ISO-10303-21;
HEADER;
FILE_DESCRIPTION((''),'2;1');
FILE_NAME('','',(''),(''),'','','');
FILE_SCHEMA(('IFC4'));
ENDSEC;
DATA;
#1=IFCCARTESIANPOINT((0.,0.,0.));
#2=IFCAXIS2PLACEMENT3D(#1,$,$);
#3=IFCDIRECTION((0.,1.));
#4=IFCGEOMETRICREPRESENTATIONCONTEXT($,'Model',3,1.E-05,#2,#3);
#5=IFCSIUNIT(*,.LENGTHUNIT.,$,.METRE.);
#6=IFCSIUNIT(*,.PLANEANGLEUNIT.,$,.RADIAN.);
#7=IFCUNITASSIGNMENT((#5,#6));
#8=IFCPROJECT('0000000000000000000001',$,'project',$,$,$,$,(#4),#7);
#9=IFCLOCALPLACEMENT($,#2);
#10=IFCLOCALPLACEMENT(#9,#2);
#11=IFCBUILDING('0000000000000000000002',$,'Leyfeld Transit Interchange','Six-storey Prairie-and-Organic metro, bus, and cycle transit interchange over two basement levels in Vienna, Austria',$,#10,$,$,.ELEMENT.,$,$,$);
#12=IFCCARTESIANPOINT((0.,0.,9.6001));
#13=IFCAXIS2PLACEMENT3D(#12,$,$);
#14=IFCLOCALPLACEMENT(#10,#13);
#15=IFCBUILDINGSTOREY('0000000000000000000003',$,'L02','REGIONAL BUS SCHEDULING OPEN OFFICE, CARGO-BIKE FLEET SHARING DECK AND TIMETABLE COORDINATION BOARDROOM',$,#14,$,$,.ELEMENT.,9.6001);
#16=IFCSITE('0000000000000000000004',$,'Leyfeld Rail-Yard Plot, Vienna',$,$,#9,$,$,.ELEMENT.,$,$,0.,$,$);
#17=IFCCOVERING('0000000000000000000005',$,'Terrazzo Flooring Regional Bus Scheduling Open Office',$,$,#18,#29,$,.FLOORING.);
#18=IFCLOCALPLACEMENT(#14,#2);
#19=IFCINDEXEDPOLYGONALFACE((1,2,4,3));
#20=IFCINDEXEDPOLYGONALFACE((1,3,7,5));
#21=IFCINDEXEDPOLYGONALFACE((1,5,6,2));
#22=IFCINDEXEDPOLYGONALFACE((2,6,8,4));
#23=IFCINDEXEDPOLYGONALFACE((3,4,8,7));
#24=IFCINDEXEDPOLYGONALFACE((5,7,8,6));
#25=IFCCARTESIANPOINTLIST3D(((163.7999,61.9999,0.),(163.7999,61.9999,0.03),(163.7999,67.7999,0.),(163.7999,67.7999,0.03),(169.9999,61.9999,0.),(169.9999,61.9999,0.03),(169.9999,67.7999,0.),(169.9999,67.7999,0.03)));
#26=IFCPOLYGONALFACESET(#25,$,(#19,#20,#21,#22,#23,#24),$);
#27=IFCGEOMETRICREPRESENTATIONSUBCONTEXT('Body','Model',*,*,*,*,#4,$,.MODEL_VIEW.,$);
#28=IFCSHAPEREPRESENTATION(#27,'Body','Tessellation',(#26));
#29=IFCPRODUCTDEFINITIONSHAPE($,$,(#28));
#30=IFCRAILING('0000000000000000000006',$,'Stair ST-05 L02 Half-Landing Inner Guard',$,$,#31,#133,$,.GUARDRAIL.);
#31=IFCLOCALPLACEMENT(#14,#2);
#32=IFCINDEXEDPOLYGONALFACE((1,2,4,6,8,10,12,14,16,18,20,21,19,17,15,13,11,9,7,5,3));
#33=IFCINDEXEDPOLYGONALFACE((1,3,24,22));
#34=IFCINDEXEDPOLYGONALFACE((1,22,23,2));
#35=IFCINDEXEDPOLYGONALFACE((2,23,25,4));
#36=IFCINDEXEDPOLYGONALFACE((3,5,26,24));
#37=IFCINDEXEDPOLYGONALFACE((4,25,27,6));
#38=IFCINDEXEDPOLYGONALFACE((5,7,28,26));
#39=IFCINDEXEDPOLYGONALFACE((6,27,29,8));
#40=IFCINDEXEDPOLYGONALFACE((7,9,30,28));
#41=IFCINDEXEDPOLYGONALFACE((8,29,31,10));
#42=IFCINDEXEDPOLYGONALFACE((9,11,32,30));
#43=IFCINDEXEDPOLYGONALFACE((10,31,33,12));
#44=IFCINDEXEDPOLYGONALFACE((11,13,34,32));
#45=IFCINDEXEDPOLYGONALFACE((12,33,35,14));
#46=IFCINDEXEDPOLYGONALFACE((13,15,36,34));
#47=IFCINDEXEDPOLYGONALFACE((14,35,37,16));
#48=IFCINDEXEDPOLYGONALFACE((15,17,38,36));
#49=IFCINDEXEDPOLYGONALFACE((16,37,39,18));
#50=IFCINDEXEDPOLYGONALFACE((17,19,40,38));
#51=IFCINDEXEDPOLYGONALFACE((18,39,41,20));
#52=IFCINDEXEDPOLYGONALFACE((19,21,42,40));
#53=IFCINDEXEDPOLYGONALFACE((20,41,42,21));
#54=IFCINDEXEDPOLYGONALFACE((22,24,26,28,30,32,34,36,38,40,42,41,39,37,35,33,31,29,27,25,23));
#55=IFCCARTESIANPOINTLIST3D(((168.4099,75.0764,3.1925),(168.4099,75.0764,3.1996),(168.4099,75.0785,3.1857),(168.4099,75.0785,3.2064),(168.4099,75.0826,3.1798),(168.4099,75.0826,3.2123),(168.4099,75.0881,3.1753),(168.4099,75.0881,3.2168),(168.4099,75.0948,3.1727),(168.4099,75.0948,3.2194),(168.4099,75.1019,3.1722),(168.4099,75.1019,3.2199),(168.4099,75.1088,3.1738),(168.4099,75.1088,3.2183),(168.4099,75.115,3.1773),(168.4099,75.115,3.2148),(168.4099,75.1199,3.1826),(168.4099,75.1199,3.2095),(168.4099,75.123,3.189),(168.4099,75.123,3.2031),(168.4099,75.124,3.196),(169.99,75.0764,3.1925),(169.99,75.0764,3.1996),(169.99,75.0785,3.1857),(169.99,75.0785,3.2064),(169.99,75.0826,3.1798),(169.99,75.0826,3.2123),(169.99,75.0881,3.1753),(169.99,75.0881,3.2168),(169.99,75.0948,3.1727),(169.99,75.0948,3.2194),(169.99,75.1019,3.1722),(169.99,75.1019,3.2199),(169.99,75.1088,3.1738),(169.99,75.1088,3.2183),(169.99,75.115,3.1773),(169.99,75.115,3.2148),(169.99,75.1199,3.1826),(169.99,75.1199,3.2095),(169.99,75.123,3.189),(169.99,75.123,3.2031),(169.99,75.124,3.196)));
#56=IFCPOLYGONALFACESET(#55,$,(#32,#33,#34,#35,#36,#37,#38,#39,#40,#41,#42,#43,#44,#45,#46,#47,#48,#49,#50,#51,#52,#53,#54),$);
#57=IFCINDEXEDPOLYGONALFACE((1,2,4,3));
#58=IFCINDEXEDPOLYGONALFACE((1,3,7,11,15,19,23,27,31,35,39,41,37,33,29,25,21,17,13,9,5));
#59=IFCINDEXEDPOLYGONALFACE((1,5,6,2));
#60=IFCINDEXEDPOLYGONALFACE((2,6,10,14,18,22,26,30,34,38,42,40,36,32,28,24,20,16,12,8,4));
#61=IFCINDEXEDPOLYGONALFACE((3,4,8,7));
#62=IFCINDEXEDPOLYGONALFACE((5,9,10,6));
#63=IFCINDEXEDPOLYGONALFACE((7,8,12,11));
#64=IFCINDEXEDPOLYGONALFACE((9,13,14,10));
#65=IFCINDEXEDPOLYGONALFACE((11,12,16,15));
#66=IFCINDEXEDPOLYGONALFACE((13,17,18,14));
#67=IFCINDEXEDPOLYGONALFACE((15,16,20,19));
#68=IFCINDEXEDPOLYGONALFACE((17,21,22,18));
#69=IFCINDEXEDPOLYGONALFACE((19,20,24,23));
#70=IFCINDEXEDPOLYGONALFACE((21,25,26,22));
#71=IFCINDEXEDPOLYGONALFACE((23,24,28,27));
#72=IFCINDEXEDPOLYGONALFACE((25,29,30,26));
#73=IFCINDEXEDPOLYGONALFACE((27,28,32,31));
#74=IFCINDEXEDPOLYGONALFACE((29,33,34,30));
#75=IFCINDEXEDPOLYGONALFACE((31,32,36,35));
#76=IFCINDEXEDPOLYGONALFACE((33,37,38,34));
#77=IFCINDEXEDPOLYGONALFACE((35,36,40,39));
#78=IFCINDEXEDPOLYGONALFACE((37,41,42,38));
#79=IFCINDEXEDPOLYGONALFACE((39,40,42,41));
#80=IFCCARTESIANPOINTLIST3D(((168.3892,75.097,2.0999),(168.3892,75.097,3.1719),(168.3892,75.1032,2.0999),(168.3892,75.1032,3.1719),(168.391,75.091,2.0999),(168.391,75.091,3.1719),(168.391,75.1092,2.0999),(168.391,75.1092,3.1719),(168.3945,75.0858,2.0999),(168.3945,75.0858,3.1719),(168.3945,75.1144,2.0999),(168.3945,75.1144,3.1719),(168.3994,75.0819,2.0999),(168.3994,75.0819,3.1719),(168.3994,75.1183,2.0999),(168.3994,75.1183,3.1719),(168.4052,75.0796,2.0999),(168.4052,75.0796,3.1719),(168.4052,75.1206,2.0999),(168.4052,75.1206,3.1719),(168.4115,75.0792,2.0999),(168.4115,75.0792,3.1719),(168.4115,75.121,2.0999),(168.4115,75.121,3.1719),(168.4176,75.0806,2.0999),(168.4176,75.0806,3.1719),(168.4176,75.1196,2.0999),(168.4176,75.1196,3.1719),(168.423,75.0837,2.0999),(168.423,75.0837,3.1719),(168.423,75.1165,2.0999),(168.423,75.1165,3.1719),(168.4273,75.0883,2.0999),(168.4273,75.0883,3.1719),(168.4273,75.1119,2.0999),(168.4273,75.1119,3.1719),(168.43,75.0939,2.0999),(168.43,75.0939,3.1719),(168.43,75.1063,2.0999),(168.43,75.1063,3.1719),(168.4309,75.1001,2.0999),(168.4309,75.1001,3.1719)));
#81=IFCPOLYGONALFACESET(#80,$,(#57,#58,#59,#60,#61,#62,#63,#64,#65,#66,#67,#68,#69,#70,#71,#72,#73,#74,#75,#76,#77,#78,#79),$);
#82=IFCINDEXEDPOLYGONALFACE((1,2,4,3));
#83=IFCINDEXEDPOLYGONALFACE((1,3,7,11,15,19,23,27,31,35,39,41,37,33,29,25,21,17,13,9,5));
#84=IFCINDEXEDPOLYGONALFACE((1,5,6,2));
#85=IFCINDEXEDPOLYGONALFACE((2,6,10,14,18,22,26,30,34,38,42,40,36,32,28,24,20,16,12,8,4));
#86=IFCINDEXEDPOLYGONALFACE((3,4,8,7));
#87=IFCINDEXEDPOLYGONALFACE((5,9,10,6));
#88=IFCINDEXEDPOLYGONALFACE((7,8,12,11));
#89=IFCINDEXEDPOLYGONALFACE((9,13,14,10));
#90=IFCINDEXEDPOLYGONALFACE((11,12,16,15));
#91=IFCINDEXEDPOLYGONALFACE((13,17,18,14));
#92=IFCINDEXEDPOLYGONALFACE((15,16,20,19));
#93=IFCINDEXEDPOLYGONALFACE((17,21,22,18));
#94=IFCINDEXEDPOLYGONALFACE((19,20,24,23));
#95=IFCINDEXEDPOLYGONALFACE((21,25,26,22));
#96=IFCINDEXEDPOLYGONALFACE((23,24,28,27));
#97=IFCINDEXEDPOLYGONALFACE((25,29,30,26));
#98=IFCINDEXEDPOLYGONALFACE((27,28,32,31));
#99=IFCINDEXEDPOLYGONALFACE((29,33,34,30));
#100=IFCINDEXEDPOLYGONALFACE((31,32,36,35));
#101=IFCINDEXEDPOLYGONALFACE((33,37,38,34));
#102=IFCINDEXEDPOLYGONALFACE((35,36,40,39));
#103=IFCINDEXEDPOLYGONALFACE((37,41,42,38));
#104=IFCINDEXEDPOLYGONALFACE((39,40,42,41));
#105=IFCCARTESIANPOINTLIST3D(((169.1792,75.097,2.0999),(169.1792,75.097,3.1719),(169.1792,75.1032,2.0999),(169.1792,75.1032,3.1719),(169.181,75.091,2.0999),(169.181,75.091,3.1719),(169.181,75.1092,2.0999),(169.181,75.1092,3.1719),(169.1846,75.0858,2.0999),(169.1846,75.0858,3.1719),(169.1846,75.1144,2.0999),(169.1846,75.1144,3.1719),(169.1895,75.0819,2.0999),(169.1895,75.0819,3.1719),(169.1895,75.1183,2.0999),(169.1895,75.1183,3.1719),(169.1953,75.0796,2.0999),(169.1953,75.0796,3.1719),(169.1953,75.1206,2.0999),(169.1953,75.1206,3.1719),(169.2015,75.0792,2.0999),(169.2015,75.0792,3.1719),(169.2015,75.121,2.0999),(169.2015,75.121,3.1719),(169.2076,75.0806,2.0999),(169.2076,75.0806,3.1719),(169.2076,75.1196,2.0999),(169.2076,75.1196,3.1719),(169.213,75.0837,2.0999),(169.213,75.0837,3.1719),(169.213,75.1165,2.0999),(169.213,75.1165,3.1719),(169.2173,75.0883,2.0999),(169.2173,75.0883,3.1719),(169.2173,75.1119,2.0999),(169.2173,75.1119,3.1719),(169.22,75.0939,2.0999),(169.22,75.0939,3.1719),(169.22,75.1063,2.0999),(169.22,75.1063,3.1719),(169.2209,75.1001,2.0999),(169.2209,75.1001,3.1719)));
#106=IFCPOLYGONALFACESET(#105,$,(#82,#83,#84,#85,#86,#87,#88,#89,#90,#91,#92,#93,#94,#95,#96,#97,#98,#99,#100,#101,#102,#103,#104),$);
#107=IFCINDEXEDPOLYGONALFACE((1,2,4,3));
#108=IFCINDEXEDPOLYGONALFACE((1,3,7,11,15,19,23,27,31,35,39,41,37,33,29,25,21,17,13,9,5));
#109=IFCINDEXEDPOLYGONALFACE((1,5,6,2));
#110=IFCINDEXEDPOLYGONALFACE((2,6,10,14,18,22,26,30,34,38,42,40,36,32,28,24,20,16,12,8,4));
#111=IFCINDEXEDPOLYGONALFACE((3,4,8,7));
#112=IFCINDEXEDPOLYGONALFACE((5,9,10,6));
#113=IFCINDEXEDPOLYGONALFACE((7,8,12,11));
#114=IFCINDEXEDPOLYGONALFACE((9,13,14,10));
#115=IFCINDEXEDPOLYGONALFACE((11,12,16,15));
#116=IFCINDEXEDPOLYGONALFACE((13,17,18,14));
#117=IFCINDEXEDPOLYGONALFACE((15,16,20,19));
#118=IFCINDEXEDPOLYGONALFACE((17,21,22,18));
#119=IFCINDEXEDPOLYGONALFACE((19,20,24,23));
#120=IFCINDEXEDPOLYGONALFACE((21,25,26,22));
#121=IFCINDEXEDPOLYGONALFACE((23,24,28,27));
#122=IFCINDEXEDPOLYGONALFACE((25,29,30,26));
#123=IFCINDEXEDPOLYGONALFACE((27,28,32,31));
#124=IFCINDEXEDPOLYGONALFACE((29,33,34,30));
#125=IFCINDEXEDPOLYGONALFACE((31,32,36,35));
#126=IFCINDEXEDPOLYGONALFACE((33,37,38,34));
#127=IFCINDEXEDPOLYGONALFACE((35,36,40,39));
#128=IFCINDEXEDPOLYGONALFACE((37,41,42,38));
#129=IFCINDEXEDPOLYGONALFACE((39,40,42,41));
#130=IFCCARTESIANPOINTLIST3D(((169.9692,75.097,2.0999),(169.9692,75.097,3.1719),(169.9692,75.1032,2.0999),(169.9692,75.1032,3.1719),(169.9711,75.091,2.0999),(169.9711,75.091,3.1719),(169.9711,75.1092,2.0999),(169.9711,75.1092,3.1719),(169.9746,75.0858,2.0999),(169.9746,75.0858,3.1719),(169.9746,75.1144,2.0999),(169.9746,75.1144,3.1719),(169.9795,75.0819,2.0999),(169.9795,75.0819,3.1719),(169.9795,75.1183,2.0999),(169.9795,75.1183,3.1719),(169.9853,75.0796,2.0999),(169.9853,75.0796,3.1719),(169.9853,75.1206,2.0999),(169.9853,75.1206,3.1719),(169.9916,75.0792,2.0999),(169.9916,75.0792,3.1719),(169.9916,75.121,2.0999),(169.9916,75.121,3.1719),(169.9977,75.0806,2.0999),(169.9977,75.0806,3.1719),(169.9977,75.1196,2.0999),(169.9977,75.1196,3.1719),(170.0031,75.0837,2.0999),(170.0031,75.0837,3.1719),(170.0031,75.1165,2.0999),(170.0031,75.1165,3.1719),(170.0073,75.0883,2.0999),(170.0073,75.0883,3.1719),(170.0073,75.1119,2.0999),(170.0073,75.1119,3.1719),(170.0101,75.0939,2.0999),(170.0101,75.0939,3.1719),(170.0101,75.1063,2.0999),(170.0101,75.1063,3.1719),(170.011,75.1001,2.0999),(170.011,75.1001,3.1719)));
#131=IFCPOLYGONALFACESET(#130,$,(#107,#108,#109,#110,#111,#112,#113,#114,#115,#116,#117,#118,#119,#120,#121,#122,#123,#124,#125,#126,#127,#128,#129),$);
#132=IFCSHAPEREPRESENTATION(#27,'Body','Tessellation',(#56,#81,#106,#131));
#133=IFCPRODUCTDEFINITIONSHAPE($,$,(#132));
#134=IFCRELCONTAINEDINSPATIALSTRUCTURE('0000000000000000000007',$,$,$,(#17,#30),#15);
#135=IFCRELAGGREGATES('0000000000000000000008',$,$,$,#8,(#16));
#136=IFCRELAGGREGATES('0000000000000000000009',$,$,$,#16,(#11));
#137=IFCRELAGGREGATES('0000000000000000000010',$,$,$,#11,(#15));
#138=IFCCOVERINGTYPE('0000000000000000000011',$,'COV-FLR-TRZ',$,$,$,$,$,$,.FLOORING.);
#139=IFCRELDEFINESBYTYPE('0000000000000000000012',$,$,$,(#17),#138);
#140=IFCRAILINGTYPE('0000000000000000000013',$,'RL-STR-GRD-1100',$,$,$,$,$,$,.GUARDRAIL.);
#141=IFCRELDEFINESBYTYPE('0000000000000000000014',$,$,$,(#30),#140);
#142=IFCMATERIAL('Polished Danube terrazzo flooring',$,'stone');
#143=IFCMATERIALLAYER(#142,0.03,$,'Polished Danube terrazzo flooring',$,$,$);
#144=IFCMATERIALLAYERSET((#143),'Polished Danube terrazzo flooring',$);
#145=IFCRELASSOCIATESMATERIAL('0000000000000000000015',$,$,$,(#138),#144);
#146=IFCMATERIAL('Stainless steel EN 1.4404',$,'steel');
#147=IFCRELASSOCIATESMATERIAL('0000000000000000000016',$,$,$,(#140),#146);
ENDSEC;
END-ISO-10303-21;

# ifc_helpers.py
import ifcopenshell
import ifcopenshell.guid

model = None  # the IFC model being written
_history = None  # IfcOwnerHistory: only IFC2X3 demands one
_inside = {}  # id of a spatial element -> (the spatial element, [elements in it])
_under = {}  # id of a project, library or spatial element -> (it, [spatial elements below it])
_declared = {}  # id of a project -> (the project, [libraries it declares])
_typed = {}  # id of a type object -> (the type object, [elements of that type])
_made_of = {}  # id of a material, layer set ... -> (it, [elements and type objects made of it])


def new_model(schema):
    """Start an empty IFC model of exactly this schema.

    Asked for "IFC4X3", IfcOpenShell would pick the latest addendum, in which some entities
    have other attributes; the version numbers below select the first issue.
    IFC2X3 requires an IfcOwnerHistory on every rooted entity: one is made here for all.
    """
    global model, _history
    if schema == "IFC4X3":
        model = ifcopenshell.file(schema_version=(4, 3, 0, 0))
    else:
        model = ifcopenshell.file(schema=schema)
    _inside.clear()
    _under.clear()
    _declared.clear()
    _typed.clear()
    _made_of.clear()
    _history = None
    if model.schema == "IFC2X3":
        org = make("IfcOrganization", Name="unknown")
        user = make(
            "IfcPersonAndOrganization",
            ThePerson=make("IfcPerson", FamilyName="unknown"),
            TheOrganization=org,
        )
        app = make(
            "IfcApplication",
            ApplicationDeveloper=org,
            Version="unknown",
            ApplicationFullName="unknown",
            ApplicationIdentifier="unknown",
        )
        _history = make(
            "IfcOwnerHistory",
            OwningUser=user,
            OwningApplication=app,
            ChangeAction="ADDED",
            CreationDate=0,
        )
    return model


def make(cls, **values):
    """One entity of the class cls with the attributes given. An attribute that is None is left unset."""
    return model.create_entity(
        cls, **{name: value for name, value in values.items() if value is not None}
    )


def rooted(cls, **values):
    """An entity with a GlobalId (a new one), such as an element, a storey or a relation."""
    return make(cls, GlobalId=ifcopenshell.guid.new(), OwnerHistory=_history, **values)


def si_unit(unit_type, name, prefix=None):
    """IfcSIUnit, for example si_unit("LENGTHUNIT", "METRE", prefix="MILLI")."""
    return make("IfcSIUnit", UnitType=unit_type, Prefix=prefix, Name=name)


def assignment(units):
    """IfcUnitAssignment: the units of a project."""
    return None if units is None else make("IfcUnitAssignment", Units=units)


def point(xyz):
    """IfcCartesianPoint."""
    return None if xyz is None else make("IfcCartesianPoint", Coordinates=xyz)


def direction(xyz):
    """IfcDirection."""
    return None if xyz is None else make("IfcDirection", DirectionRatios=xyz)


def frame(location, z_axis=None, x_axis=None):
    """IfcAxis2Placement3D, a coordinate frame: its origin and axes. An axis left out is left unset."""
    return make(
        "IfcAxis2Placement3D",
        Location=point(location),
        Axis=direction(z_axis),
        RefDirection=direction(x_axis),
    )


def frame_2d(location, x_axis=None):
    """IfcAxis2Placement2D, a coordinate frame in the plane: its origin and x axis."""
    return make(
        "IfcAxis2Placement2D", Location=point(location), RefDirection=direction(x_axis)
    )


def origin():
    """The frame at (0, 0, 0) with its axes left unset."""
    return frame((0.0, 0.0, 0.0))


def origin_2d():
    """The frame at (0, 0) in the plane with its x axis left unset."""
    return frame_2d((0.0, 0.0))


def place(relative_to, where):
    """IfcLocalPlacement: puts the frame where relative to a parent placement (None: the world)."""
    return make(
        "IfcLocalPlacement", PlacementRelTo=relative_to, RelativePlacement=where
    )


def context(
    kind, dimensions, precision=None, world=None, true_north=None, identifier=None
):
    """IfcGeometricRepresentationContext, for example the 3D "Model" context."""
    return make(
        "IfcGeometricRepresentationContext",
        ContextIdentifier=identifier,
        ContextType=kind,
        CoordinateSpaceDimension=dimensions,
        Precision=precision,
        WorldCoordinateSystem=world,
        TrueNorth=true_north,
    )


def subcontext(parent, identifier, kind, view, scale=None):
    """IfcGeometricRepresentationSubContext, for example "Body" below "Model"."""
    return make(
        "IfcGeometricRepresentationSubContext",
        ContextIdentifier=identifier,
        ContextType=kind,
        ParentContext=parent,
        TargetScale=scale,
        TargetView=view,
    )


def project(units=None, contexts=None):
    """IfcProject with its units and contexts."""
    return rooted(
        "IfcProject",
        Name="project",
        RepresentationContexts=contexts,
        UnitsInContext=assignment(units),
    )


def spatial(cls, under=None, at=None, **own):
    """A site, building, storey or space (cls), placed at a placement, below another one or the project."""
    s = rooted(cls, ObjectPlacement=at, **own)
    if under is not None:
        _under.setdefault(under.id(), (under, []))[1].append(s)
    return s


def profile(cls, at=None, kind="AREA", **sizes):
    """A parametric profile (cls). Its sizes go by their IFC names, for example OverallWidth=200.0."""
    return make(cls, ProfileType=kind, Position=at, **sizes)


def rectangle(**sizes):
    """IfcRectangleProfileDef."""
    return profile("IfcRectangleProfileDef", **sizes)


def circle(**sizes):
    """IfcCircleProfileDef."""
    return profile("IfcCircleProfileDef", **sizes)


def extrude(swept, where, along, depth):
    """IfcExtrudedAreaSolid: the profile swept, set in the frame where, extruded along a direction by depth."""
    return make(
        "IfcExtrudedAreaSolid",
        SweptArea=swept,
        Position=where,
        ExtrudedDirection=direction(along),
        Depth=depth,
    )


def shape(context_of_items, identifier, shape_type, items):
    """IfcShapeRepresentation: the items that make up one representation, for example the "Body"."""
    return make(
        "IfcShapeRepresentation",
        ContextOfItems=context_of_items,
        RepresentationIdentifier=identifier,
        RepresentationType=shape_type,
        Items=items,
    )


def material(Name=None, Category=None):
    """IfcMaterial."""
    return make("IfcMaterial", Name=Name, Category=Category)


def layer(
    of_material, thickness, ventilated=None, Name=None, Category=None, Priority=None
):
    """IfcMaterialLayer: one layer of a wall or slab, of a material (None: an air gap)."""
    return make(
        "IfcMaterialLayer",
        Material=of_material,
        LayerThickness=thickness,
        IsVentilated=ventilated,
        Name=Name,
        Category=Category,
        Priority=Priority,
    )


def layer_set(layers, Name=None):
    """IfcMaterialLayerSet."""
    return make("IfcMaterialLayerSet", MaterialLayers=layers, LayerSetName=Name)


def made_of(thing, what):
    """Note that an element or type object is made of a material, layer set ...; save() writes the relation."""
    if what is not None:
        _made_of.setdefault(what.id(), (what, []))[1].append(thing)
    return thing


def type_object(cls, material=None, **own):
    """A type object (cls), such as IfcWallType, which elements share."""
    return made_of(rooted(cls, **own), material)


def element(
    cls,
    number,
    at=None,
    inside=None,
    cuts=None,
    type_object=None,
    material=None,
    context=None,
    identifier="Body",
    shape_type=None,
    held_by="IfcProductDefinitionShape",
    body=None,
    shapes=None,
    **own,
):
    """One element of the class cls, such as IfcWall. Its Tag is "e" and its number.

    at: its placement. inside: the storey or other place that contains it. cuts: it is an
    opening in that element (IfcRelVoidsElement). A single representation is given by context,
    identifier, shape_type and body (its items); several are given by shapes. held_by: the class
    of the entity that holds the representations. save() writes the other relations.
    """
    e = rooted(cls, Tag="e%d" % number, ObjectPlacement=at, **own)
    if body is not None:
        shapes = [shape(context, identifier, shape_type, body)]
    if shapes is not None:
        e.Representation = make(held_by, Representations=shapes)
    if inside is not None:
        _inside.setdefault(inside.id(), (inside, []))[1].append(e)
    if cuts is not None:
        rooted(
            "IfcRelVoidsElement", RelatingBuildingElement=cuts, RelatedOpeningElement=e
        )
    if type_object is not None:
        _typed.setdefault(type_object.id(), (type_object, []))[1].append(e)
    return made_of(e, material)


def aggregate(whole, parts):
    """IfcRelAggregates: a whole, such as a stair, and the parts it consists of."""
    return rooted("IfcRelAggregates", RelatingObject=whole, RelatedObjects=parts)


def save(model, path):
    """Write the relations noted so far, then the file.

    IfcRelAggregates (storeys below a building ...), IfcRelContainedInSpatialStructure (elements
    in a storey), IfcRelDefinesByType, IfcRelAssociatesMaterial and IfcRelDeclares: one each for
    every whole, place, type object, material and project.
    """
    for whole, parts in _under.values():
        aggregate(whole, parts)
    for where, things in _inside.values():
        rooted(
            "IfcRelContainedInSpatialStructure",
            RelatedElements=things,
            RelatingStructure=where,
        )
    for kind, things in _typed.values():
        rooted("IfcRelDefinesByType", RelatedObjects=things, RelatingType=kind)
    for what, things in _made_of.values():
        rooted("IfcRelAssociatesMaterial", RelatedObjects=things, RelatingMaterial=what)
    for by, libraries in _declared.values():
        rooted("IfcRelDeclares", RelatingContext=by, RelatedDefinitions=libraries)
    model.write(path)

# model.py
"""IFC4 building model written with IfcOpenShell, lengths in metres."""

from ifc_helpers import new_model, si_unit, direction, frame, origin, origin_2d, place, context, subcontext, project, spatial, rectangle, circle, extrude, material, layer, layer_set, type_object, element, save


model = new_model("IFC4")

# Units and contexts
model_context = context("Model", 3, precision=1e-05, world=origin(), true_north=direction((0.0, 1.0)))
body_context = subcontext(model_context, "Body", "Model", "MODEL_VIEW")
ifc_project = project(units=[si_unit("LENGTHUNIT", "METRE"), si_unit("PLANEANGLEUNIT", "RADIAN")], contexts=[model_context])

# Site, building, storey
site_placement = place(None, origin())
site = spatial("IfcSite", under=ifc_project, at=site_placement, Name="Leyfeld Rail-Yard Plot, Vienna", CompositionType="ELEMENT", RefElevation=0.0)
building_placement = place(site_placement, origin())
building = spatial("IfcBuilding", under=site, at=building_placement, Name="Leyfeld Transit Interchange", Description="Six-storey Prairie-and-Organic metro, bus, and cycle transit interchange over two basement levels in Vienna, Austria", CompositionType="ELEMENT")
storey_placement = place(building_placement, frame((0.0, 0.0, 9.6001)))
storey = spatial("IfcBuildingStorey", under=building, at=storey_placement, Name="L02", Description="REGIONAL BUS SCHEDULING OPEN OFFICE, CARGO-BIKE FLEET SHARING DECK AND TIMETABLE COORDINATION BOARDROOM", CompositionType="ELEMENT", Elevation=9.6001)

# Covering
ifc_material_1 = material(Name="Polished Danube terrazzo flooring", Category="stone")
ifc_layer_1 = layer(ifc_material_1, 0.03, Name="Polished Danube terrazzo flooring")
ifc_layer_set_1 = layer_set([ifc_layer_1], Name="Polished Danube terrazzo flooring")
covering_type_1 = type_object("IfcCoveringType", Name="COV-FLR-TRZ", PredefinedType="FLOORING", material=ifc_layer_set_1)
covering_1_placement = place(storey_placement, frame((166.8999, 64.8999, 0.0), z_axis=(0.0, 0.0, 1.0), x_axis=(1.0, 0.0, 0.0)))
element("IfcCovering", 1, at=covering_1_placement, inside=storey, type_object=covering_type_1, Name="Terrazzo Flooring Regional Bus Scheduling Open Office", PredefinedType="FLOORING", context=body_context, shape_type="SweptSolid", body=[
    extrude(rectangle(XDim=6.2, YDim=5.8, at=origin_2d()), origin(), (0.0, 0.0, 1.0), 0.03),
])

# Railing
ifc_material_2 = material(Name="Stainless steel EN 1.4404", Category="steel")
railing_type_1 = type_object("IfcRailingType", Name="RL-STR-GRD-1100", PredefinedType="GUARDRAIL", material=ifc_material_2)
railing_1_placement = place(storey_placement, frame((168.4099, 75.1001, 2.0999)))
element("IfcRailing", 2, at=railing_1_placement, inside=storey, type_object=railing_type_1, Name="Stair ST-05 L02 Half-Landing Inner Guard", PredefinedType="GUARDRAIL", context=body_context, shape_type="SweptSolid", body=[
    extrude(circle(Radius=0.0239, at=origin_2d()), frame((0.0, 0.0, 1.0962), z_axis=(1.0, 0.0, 0.0), x_axis=(0.0, 1.0, 0.0)), (0.0, 0.0, 1.0), 1.5801),
    extrude(circle(Radius=0.021, at=origin_2d()), origin(), (0.0, 0.0, 1.0), 1.072),
    extrude(circle(Radius=0.021, at=origin_2d()), frame((0.79, 0.0, 0.0)), (0.0, 0.0, 1.0), 1.072),
    extrude(circle(Radius=0.021, at=origin_2d()), frame((1.5801, 0.0, 0.0)), (0.0, 0.0, 1.0), 1.072),
])

save(model, "model.ifc")
